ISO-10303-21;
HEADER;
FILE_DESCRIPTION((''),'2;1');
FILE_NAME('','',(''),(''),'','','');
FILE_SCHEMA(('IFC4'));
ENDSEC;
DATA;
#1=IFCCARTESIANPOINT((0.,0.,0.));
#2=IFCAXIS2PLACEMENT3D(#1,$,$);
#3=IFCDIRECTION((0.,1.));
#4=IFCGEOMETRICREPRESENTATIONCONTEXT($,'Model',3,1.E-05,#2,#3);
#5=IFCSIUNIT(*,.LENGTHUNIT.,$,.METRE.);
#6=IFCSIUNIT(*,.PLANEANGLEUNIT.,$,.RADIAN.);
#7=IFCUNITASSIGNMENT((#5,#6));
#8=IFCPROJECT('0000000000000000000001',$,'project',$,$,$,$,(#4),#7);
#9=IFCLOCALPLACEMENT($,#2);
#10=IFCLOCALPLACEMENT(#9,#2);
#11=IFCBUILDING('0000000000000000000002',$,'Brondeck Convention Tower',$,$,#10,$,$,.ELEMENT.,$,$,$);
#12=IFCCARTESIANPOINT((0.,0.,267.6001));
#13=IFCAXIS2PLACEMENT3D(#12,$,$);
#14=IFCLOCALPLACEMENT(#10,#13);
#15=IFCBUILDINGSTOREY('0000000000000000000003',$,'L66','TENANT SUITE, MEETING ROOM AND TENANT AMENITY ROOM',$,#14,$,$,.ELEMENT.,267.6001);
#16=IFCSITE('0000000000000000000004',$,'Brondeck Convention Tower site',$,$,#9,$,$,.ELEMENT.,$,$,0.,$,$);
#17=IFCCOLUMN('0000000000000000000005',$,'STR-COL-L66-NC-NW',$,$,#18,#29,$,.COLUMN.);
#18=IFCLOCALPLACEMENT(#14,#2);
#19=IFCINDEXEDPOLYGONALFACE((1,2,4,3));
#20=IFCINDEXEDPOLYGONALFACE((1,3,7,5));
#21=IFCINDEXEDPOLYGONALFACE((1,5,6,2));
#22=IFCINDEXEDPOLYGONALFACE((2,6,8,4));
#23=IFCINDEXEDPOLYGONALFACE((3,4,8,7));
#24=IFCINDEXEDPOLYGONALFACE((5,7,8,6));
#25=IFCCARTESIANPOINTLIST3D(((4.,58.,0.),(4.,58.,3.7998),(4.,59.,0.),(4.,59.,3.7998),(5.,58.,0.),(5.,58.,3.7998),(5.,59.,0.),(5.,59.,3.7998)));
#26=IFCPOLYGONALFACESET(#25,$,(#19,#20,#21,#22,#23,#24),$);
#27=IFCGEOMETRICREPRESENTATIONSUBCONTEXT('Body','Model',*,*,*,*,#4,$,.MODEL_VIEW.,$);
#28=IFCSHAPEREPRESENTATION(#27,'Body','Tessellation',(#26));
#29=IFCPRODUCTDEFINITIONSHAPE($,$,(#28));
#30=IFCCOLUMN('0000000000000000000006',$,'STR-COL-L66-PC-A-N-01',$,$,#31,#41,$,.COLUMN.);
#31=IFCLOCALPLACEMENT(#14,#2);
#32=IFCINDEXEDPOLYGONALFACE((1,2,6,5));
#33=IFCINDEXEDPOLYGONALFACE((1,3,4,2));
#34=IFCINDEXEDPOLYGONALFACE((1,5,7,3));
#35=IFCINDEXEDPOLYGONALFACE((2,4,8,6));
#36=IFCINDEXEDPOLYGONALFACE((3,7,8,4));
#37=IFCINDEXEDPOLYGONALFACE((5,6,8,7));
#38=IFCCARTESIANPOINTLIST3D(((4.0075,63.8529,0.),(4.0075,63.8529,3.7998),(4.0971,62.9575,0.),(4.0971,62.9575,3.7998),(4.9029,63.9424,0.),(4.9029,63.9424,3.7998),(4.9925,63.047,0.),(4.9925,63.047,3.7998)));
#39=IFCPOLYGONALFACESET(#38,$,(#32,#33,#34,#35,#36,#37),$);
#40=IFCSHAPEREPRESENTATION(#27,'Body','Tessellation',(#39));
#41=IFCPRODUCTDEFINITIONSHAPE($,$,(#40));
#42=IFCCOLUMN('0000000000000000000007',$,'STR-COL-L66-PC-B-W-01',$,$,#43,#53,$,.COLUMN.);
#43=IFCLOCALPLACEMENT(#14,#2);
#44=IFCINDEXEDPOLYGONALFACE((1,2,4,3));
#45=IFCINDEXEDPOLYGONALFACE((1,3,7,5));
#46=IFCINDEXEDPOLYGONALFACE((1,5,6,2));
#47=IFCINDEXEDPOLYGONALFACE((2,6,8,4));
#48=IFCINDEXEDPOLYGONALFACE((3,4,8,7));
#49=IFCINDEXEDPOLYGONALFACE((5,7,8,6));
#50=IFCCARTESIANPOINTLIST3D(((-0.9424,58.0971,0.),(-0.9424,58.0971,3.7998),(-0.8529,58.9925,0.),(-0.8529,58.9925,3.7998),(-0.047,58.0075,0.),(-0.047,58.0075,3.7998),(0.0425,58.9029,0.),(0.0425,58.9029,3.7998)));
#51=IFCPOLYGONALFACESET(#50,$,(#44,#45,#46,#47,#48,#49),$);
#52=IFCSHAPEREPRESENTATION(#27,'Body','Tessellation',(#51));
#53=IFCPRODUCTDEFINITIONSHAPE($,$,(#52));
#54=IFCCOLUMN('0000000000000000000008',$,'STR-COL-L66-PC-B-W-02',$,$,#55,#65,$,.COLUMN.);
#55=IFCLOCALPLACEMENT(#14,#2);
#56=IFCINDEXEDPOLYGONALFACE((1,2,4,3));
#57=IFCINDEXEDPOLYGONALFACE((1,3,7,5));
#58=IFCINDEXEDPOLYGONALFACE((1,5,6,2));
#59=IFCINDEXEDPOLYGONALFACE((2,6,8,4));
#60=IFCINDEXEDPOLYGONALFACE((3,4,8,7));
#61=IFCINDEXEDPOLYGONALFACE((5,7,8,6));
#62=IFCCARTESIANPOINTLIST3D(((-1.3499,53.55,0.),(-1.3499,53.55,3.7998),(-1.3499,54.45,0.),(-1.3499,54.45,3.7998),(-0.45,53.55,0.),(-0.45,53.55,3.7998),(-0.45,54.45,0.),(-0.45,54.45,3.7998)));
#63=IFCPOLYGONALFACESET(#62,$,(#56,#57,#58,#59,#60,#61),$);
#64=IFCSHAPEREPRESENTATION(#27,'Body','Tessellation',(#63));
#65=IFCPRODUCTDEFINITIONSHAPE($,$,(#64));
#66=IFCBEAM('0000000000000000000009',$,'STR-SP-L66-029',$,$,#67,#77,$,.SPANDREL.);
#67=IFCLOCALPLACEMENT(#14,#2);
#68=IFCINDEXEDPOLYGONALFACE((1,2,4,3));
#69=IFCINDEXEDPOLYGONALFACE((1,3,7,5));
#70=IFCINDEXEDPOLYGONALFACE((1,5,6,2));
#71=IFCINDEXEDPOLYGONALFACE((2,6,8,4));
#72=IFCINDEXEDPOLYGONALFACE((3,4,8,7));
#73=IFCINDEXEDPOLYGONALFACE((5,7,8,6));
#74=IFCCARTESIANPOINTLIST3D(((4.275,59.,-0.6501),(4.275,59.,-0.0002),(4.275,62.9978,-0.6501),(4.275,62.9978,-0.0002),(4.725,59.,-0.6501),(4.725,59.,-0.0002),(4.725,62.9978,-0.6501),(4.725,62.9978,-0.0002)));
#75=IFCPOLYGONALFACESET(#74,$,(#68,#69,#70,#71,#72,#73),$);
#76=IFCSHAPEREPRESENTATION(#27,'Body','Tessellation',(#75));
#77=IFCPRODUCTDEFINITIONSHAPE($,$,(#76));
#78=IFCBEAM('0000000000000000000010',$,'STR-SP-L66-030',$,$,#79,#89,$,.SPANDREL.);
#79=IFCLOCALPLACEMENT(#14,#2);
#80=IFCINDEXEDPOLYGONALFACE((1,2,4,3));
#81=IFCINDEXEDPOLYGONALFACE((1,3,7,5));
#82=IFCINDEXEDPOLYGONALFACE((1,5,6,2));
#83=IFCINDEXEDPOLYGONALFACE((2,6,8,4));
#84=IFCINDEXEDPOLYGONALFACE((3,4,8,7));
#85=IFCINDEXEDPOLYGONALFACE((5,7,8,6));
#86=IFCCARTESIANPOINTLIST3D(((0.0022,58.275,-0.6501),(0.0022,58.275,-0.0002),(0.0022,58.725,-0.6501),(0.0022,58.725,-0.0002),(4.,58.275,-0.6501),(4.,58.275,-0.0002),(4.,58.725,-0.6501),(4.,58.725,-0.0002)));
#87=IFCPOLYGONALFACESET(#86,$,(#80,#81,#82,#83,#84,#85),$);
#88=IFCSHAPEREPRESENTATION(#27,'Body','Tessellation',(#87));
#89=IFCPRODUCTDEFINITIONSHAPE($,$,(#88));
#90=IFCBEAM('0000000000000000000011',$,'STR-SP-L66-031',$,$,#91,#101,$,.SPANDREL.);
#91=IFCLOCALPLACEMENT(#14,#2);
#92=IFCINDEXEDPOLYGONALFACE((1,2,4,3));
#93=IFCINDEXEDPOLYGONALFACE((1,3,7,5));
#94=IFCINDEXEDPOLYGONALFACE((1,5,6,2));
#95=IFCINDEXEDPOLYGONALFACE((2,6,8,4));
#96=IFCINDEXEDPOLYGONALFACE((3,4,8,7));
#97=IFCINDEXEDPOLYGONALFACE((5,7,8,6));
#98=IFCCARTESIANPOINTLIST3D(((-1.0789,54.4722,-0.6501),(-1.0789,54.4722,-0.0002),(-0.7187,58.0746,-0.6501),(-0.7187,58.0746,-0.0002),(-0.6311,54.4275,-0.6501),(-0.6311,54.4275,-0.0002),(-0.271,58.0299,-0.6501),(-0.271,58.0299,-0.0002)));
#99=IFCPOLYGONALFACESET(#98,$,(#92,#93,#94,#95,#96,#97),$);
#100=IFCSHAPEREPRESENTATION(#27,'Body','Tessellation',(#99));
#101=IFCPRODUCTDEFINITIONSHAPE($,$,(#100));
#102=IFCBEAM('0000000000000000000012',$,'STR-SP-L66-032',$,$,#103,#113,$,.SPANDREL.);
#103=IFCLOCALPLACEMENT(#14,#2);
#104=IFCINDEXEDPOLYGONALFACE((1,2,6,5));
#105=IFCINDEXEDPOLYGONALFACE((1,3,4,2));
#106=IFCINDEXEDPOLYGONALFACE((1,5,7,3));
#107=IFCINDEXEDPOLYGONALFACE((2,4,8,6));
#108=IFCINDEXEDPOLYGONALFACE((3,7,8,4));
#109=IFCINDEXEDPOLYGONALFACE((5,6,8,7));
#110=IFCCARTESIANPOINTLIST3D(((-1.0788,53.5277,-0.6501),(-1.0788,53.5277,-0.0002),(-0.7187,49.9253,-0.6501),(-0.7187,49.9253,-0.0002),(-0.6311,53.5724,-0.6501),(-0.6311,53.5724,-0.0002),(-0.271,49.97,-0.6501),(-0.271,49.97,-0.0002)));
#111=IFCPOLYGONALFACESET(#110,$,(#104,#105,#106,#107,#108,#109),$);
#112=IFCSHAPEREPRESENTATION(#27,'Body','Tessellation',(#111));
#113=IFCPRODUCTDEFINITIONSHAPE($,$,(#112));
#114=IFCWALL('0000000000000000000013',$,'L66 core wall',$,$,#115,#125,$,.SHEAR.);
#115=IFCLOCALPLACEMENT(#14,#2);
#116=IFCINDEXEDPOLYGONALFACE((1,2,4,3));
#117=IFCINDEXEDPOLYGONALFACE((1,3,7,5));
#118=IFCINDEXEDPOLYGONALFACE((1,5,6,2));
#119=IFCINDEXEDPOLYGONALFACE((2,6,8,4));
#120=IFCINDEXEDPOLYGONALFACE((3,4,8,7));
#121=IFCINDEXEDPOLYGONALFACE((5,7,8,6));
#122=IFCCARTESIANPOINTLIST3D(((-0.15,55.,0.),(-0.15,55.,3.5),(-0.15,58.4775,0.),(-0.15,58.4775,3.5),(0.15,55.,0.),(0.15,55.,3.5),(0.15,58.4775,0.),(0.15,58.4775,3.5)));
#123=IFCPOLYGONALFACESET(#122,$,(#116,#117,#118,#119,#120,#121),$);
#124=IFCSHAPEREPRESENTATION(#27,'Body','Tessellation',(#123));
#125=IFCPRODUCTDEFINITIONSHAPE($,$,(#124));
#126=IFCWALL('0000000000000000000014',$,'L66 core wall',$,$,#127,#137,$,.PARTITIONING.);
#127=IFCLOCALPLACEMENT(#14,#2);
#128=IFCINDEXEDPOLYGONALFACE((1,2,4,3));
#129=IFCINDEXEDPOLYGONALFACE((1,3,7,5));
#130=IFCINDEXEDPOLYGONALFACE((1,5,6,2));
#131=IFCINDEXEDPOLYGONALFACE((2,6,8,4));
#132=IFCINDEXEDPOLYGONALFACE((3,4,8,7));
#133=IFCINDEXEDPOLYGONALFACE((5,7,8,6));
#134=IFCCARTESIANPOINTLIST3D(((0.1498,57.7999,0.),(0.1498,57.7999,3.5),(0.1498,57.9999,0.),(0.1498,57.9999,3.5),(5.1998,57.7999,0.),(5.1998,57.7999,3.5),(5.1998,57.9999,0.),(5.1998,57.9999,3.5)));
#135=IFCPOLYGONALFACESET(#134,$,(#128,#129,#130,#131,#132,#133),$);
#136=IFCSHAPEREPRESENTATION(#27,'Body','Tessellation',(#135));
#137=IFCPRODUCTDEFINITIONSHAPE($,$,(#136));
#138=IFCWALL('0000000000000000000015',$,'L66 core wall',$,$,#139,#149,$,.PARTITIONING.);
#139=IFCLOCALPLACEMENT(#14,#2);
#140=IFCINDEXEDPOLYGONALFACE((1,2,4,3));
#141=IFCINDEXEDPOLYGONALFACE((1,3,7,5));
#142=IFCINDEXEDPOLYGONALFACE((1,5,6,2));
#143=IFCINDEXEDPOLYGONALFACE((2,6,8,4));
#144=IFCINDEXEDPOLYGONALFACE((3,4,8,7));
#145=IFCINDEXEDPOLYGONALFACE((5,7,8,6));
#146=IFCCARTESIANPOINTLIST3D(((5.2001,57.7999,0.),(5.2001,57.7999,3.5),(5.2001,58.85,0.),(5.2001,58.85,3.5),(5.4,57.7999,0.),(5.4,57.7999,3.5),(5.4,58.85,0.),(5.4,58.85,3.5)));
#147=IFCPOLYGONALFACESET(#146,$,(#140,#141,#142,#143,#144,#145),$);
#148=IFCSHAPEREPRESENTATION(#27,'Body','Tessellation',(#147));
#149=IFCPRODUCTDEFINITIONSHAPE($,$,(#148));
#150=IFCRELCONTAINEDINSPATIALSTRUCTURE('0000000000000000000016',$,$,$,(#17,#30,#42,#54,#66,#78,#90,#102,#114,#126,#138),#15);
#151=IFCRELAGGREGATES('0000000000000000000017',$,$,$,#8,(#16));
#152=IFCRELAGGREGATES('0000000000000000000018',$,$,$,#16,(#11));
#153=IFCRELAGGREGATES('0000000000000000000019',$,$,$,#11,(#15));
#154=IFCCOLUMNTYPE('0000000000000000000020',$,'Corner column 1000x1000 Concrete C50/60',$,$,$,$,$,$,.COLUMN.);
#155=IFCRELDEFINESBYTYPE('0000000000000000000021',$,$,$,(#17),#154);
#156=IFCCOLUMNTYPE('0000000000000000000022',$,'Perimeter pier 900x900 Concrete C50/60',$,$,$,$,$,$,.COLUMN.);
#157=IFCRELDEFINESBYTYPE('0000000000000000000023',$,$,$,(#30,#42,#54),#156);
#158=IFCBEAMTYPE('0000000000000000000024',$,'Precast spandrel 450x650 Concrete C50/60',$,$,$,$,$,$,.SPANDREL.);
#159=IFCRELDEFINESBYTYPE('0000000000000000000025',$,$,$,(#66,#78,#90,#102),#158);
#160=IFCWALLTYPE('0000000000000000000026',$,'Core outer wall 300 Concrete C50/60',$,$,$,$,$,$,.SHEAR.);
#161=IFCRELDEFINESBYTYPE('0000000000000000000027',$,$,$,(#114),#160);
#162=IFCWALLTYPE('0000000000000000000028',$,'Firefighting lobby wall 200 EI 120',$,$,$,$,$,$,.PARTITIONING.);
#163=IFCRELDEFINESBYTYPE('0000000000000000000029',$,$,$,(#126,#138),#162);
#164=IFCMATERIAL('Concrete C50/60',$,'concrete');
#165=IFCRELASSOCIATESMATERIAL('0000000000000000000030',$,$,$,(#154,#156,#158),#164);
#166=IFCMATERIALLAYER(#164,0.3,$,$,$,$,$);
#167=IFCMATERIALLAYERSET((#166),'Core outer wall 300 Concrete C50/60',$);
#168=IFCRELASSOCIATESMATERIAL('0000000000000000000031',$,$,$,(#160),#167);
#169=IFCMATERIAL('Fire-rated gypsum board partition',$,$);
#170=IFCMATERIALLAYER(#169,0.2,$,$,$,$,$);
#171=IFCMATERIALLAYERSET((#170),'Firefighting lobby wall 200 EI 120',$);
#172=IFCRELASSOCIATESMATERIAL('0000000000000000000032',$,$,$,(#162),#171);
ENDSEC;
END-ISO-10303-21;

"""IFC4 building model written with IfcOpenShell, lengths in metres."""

from ifc_helpers import new_model, si_unit, direction, frame, frame_2d, origin, origin_2d, place, context, subcontext, project, spatial, rectangle, extrude, material, layer, layer_set, material_profile, profile_set, type_object, element, save


model = new_model("IFC4")

# Units and contexts
model_context = context("Model", 3, precision=1e-05, world=origin(), true_north=direction((0.0, 1.0)))
body_context = subcontext(model_context, "Body", "Model", "MODEL_VIEW")
ifc_project = project(units=[si_unit("LENGTHUNIT", "METRE"), si_unit("PLANEANGLEUNIT", "RADIAN")], contexts=[model_context])

# Site, building, storey
site_placement = place(None, origin())
site = spatial("IfcSite", under=ifc_project, at=site_placement, Name="Brondeck Convention Tower site", CompositionType="ELEMENT", RefElevation=0.0)
building_placement = place(site_placement, origin())
building = spatial("IfcBuilding", under=site, at=building_placement, Name="Brondeck Convention Tower", CompositionType="ELEMENT")
storey_placement = place(building_placement, frame((0.0, 0.0, 267.6001)))
storey = spatial("IfcBuildingStorey", under=building, at=storey_placement, Name="L66", Description="TENANT SUITE, MEETING ROOM AND TENANT AMENITY ROOM", CompositionType="ELEMENT", Elevation=267.6001)

# Columns
ifc_material_1 = material(Name="Concrete C50/60", Category="concrete")
ifc_material_profile_1 = material_profile(ifc_material_1, rectangle(XDim=1.0, YDim=1.0, at=origin_2d()), Name="Corner column 1000x1000 Concrete C50/60")
ifc_profile_set_1 = profile_set([ifc_material_profile_1], Name="Concrete C50/60")
column_type_1 = type_object("IfcColumnType", Name="Corner column 1000x1000 Concrete C50/60", PredefinedType="COLUMN", material=ifc_profile_set_1)
column_placement = place(storey_placement, frame((4.5, 58.5, 0.0), z_axis=(0.0, 0.0, 1.0), x_axis=(1.0, 0.0, 0.0)))
element("IfcColumn", 1, at=column_placement, inside=storey, type_object=column_type_1, Name="STR-COL-L66-NC-NW", PredefinedType="COLUMN", context=body_context, shape_type="SweptSolid", body=[
    extrude(rectangle(XDim=1.0, YDim=1.0, at=origin_2d()), origin(), (0.0, 0.0, 1.0), 3.7998),
])
ifc_material_profile_2 = material_profile(ifc_material_1, rectangle(XDim=0.8999, YDim=0.8999, at=origin_2d()), Name="Perimeter pier 900x900 Concrete C50/60")
ifc_profile_set_2 = profile_set([ifc_material_profile_2], Name="Concrete C50/60")
column_type_2 = type_object("IfcColumnType", Name="Perimeter pier 900x900 Concrete C50/60", PredefinedType="COLUMN", material=ifc_profile_set_2)
for number, where, z_axis, x_axis, name in (
    (2, (4.5, 63.45, 0.0), (0.0, 0.0, 1.0), (-0.995037, -0.099504, 0.0), "STR-COL-L66-PC-A-N-01"),
    (3, (-0.45, 58.5, 0.0), (0.0, 0.0, 1.0), (-0.099504, -0.995037, 0.0), "STR-COL-L66-PC-B-W-01"),
    (4, (-0.8999, 54.0, 0.0), (0.0, 0.0, 1.0), (0.0, -1.0, 0.0), "STR-COL-L66-PC-B-W-02"),
):
    element("IfcColumn", number, at=place(storey_placement, frame(where, z_axis=z_axis, x_axis=x_axis)), inside=storey, type_object=column_type_2, Name=name, PredefinedType="COLUMN", context=body_context, shape_type="SweptSolid", body=[
        extrude(rectangle(XDim=0.8999, YDim=0.8999, at=origin_2d()), origin(), (0.0, 0.0, 1.0), 3.7998),
    ])

# Beams
ifc_material_profile_3 = material_profile(ifc_material_1, rectangle(XDim=0.45, YDim=0.6499, at=origin_2d()), Name="Precast spandrel 450x650 Concrete C50/60")
ifc_profile_set_3 = profile_set([ifc_material_profile_3], Name="Concrete C50/60")
beam_type = type_object("IfcBeamType", Name="Precast spandrel 450x650 Concrete C50/60", PredefinedType="SPANDREL", material=ifc_profile_set_3)
for number, where, z_axis, x_axis, name in (
    (5, (4.5, 62.9978, -0.3252), (0.0, -1.0, 0.0), (1.0, 0.0, 0.0), "STR-SP-L66-029"),
    (6, (4.0, 58.5, -0.3252), (-1.0, 0.0, 0.0), (0.0, -1.0, 0.0), "STR-SP-L66-030"),
):
    element("IfcBeam", number, at=place(storey_placement, frame(where, z_axis=z_axis, x_axis=x_axis)), inside=storey, type_object=beam_type, Name=name, PredefinedType="SPANDREL", context=body_context, shape_type="SweptSolid", body=[
        extrude(rectangle(XDim=0.45, YDim=0.6499, at=origin_2d()), origin(), (0.0, 0.0, 1.0), 3.9978),
    ])
for number, where, z_axis, x_axis, name in (
    (7, (-0.4949, 58.0522, -0.3252), (-0.09947, -0.995041, 0.0), (0.995041, -0.09947, 0.0), "STR-SP-L66-031"),
    (8, (-0.855, 53.55, -0.3252), (0.09947, -0.995041, 0.0), (0.995041, 0.09947, 0.0), "STR-SP-L66-032"),
):
    element("IfcBeam", number, at=place(storey_placement, frame(where, z_axis=z_axis, x_axis=x_axis)), inside=storey, type_object=beam_type, Name=name, PredefinedType="SPANDREL", context=body_context, shape_type="SweptSolid", body=[
        extrude(rectangle(XDim=0.45, YDim=0.6499, at=origin_2d()), origin(), (0.0, 0.0, 1.0), 3.6204),
    ])

# Walls
ifc_layer_1 = layer(ifc_material_1, 0.3)
ifc_layer_set_1 = layer_set([ifc_layer_1], Name="Core outer wall 300 Concrete C50/60")
wall_type_1 = type_object("IfcWallType", Name="Core outer wall 300 Concrete C50/60", PredefinedType="SHEAR", material=ifc_layer_set_1)
wall_1_placement = place(storey_placement, frame((0.0, 55.0, 0.0), z_axis=(0.0, 0.0, 1.0), x_axis=(0.0, 1.0, 0.0)))
element("IfcWall", 9, at=wall_1_placement, inside=storey, type_object=wall_type_1, Name="L66 core wall", PredefinedType="SHEAR", context=body_context, shape_type="SweptSolid", body=[
    extrude(rectangle(XDim=3.4775, YDim=0.3, at=frame_2d((1.7388, 0.0))), origin(), (0.0, 0.0, 1.0), 3.5),
])
ifc_material_2 = material(Name="Fire-rated gypsum board partition")
ifc_layer_2 = layer(ifc_material_2, 0.2)
ifc_layer_set_2 = layer_set([ifc_layer_2], Name="Firefighting lobby wall 200 EI 120")
wall_type_2 = type_object("IfcWallType", Name="Firefighting lobby wall 200 EI 120", PredefinedType="PARTITIONING", material=ifc_layer_set_2)
wall_2_placement = place(storey_placement, frame((0.1499, 57.8999, 0.0), z_axis=(0.0, 0.0, 1.0), x_axis=(1.0, 0.0, 0.0)))
element("IfcWall", 10, at=wall_2_placement, inside=storey, type_object=wall_type_2, Name="L66 core wall", PredefinedType="PARTITIONING", context=body_context, shape_type="SweptSolid", body=[
    extrude(rectangle(XDim=5.05, YDim=0.2, at=frame_2d((2.5249, 0.0))), origin(), (0.0, 0.0, 1.0), 3.5),
])
wall_3_placement = place(storey_placement, frame((5.3, 57.8, 0.0), z_axis=(0.0, 0.0, 1.0), x_axis=(0.0, 1.0, 0.0)))
element("IfcWall", 11, at=wall_3_placement, inside=storey, type_object=wall_type_2, Name="L66 core wall", PredefinedType="PARTITIONING", context=body_context, shape_type="SweptSolid", body=[
    extrude(rectangle(XDim=1.05, YDim=0.2, at=frame_2d((0.5249, 0.0))), origin(), (0.0, 0.0, 1.0), 3.5),
])

save(model, "model.ifc")
